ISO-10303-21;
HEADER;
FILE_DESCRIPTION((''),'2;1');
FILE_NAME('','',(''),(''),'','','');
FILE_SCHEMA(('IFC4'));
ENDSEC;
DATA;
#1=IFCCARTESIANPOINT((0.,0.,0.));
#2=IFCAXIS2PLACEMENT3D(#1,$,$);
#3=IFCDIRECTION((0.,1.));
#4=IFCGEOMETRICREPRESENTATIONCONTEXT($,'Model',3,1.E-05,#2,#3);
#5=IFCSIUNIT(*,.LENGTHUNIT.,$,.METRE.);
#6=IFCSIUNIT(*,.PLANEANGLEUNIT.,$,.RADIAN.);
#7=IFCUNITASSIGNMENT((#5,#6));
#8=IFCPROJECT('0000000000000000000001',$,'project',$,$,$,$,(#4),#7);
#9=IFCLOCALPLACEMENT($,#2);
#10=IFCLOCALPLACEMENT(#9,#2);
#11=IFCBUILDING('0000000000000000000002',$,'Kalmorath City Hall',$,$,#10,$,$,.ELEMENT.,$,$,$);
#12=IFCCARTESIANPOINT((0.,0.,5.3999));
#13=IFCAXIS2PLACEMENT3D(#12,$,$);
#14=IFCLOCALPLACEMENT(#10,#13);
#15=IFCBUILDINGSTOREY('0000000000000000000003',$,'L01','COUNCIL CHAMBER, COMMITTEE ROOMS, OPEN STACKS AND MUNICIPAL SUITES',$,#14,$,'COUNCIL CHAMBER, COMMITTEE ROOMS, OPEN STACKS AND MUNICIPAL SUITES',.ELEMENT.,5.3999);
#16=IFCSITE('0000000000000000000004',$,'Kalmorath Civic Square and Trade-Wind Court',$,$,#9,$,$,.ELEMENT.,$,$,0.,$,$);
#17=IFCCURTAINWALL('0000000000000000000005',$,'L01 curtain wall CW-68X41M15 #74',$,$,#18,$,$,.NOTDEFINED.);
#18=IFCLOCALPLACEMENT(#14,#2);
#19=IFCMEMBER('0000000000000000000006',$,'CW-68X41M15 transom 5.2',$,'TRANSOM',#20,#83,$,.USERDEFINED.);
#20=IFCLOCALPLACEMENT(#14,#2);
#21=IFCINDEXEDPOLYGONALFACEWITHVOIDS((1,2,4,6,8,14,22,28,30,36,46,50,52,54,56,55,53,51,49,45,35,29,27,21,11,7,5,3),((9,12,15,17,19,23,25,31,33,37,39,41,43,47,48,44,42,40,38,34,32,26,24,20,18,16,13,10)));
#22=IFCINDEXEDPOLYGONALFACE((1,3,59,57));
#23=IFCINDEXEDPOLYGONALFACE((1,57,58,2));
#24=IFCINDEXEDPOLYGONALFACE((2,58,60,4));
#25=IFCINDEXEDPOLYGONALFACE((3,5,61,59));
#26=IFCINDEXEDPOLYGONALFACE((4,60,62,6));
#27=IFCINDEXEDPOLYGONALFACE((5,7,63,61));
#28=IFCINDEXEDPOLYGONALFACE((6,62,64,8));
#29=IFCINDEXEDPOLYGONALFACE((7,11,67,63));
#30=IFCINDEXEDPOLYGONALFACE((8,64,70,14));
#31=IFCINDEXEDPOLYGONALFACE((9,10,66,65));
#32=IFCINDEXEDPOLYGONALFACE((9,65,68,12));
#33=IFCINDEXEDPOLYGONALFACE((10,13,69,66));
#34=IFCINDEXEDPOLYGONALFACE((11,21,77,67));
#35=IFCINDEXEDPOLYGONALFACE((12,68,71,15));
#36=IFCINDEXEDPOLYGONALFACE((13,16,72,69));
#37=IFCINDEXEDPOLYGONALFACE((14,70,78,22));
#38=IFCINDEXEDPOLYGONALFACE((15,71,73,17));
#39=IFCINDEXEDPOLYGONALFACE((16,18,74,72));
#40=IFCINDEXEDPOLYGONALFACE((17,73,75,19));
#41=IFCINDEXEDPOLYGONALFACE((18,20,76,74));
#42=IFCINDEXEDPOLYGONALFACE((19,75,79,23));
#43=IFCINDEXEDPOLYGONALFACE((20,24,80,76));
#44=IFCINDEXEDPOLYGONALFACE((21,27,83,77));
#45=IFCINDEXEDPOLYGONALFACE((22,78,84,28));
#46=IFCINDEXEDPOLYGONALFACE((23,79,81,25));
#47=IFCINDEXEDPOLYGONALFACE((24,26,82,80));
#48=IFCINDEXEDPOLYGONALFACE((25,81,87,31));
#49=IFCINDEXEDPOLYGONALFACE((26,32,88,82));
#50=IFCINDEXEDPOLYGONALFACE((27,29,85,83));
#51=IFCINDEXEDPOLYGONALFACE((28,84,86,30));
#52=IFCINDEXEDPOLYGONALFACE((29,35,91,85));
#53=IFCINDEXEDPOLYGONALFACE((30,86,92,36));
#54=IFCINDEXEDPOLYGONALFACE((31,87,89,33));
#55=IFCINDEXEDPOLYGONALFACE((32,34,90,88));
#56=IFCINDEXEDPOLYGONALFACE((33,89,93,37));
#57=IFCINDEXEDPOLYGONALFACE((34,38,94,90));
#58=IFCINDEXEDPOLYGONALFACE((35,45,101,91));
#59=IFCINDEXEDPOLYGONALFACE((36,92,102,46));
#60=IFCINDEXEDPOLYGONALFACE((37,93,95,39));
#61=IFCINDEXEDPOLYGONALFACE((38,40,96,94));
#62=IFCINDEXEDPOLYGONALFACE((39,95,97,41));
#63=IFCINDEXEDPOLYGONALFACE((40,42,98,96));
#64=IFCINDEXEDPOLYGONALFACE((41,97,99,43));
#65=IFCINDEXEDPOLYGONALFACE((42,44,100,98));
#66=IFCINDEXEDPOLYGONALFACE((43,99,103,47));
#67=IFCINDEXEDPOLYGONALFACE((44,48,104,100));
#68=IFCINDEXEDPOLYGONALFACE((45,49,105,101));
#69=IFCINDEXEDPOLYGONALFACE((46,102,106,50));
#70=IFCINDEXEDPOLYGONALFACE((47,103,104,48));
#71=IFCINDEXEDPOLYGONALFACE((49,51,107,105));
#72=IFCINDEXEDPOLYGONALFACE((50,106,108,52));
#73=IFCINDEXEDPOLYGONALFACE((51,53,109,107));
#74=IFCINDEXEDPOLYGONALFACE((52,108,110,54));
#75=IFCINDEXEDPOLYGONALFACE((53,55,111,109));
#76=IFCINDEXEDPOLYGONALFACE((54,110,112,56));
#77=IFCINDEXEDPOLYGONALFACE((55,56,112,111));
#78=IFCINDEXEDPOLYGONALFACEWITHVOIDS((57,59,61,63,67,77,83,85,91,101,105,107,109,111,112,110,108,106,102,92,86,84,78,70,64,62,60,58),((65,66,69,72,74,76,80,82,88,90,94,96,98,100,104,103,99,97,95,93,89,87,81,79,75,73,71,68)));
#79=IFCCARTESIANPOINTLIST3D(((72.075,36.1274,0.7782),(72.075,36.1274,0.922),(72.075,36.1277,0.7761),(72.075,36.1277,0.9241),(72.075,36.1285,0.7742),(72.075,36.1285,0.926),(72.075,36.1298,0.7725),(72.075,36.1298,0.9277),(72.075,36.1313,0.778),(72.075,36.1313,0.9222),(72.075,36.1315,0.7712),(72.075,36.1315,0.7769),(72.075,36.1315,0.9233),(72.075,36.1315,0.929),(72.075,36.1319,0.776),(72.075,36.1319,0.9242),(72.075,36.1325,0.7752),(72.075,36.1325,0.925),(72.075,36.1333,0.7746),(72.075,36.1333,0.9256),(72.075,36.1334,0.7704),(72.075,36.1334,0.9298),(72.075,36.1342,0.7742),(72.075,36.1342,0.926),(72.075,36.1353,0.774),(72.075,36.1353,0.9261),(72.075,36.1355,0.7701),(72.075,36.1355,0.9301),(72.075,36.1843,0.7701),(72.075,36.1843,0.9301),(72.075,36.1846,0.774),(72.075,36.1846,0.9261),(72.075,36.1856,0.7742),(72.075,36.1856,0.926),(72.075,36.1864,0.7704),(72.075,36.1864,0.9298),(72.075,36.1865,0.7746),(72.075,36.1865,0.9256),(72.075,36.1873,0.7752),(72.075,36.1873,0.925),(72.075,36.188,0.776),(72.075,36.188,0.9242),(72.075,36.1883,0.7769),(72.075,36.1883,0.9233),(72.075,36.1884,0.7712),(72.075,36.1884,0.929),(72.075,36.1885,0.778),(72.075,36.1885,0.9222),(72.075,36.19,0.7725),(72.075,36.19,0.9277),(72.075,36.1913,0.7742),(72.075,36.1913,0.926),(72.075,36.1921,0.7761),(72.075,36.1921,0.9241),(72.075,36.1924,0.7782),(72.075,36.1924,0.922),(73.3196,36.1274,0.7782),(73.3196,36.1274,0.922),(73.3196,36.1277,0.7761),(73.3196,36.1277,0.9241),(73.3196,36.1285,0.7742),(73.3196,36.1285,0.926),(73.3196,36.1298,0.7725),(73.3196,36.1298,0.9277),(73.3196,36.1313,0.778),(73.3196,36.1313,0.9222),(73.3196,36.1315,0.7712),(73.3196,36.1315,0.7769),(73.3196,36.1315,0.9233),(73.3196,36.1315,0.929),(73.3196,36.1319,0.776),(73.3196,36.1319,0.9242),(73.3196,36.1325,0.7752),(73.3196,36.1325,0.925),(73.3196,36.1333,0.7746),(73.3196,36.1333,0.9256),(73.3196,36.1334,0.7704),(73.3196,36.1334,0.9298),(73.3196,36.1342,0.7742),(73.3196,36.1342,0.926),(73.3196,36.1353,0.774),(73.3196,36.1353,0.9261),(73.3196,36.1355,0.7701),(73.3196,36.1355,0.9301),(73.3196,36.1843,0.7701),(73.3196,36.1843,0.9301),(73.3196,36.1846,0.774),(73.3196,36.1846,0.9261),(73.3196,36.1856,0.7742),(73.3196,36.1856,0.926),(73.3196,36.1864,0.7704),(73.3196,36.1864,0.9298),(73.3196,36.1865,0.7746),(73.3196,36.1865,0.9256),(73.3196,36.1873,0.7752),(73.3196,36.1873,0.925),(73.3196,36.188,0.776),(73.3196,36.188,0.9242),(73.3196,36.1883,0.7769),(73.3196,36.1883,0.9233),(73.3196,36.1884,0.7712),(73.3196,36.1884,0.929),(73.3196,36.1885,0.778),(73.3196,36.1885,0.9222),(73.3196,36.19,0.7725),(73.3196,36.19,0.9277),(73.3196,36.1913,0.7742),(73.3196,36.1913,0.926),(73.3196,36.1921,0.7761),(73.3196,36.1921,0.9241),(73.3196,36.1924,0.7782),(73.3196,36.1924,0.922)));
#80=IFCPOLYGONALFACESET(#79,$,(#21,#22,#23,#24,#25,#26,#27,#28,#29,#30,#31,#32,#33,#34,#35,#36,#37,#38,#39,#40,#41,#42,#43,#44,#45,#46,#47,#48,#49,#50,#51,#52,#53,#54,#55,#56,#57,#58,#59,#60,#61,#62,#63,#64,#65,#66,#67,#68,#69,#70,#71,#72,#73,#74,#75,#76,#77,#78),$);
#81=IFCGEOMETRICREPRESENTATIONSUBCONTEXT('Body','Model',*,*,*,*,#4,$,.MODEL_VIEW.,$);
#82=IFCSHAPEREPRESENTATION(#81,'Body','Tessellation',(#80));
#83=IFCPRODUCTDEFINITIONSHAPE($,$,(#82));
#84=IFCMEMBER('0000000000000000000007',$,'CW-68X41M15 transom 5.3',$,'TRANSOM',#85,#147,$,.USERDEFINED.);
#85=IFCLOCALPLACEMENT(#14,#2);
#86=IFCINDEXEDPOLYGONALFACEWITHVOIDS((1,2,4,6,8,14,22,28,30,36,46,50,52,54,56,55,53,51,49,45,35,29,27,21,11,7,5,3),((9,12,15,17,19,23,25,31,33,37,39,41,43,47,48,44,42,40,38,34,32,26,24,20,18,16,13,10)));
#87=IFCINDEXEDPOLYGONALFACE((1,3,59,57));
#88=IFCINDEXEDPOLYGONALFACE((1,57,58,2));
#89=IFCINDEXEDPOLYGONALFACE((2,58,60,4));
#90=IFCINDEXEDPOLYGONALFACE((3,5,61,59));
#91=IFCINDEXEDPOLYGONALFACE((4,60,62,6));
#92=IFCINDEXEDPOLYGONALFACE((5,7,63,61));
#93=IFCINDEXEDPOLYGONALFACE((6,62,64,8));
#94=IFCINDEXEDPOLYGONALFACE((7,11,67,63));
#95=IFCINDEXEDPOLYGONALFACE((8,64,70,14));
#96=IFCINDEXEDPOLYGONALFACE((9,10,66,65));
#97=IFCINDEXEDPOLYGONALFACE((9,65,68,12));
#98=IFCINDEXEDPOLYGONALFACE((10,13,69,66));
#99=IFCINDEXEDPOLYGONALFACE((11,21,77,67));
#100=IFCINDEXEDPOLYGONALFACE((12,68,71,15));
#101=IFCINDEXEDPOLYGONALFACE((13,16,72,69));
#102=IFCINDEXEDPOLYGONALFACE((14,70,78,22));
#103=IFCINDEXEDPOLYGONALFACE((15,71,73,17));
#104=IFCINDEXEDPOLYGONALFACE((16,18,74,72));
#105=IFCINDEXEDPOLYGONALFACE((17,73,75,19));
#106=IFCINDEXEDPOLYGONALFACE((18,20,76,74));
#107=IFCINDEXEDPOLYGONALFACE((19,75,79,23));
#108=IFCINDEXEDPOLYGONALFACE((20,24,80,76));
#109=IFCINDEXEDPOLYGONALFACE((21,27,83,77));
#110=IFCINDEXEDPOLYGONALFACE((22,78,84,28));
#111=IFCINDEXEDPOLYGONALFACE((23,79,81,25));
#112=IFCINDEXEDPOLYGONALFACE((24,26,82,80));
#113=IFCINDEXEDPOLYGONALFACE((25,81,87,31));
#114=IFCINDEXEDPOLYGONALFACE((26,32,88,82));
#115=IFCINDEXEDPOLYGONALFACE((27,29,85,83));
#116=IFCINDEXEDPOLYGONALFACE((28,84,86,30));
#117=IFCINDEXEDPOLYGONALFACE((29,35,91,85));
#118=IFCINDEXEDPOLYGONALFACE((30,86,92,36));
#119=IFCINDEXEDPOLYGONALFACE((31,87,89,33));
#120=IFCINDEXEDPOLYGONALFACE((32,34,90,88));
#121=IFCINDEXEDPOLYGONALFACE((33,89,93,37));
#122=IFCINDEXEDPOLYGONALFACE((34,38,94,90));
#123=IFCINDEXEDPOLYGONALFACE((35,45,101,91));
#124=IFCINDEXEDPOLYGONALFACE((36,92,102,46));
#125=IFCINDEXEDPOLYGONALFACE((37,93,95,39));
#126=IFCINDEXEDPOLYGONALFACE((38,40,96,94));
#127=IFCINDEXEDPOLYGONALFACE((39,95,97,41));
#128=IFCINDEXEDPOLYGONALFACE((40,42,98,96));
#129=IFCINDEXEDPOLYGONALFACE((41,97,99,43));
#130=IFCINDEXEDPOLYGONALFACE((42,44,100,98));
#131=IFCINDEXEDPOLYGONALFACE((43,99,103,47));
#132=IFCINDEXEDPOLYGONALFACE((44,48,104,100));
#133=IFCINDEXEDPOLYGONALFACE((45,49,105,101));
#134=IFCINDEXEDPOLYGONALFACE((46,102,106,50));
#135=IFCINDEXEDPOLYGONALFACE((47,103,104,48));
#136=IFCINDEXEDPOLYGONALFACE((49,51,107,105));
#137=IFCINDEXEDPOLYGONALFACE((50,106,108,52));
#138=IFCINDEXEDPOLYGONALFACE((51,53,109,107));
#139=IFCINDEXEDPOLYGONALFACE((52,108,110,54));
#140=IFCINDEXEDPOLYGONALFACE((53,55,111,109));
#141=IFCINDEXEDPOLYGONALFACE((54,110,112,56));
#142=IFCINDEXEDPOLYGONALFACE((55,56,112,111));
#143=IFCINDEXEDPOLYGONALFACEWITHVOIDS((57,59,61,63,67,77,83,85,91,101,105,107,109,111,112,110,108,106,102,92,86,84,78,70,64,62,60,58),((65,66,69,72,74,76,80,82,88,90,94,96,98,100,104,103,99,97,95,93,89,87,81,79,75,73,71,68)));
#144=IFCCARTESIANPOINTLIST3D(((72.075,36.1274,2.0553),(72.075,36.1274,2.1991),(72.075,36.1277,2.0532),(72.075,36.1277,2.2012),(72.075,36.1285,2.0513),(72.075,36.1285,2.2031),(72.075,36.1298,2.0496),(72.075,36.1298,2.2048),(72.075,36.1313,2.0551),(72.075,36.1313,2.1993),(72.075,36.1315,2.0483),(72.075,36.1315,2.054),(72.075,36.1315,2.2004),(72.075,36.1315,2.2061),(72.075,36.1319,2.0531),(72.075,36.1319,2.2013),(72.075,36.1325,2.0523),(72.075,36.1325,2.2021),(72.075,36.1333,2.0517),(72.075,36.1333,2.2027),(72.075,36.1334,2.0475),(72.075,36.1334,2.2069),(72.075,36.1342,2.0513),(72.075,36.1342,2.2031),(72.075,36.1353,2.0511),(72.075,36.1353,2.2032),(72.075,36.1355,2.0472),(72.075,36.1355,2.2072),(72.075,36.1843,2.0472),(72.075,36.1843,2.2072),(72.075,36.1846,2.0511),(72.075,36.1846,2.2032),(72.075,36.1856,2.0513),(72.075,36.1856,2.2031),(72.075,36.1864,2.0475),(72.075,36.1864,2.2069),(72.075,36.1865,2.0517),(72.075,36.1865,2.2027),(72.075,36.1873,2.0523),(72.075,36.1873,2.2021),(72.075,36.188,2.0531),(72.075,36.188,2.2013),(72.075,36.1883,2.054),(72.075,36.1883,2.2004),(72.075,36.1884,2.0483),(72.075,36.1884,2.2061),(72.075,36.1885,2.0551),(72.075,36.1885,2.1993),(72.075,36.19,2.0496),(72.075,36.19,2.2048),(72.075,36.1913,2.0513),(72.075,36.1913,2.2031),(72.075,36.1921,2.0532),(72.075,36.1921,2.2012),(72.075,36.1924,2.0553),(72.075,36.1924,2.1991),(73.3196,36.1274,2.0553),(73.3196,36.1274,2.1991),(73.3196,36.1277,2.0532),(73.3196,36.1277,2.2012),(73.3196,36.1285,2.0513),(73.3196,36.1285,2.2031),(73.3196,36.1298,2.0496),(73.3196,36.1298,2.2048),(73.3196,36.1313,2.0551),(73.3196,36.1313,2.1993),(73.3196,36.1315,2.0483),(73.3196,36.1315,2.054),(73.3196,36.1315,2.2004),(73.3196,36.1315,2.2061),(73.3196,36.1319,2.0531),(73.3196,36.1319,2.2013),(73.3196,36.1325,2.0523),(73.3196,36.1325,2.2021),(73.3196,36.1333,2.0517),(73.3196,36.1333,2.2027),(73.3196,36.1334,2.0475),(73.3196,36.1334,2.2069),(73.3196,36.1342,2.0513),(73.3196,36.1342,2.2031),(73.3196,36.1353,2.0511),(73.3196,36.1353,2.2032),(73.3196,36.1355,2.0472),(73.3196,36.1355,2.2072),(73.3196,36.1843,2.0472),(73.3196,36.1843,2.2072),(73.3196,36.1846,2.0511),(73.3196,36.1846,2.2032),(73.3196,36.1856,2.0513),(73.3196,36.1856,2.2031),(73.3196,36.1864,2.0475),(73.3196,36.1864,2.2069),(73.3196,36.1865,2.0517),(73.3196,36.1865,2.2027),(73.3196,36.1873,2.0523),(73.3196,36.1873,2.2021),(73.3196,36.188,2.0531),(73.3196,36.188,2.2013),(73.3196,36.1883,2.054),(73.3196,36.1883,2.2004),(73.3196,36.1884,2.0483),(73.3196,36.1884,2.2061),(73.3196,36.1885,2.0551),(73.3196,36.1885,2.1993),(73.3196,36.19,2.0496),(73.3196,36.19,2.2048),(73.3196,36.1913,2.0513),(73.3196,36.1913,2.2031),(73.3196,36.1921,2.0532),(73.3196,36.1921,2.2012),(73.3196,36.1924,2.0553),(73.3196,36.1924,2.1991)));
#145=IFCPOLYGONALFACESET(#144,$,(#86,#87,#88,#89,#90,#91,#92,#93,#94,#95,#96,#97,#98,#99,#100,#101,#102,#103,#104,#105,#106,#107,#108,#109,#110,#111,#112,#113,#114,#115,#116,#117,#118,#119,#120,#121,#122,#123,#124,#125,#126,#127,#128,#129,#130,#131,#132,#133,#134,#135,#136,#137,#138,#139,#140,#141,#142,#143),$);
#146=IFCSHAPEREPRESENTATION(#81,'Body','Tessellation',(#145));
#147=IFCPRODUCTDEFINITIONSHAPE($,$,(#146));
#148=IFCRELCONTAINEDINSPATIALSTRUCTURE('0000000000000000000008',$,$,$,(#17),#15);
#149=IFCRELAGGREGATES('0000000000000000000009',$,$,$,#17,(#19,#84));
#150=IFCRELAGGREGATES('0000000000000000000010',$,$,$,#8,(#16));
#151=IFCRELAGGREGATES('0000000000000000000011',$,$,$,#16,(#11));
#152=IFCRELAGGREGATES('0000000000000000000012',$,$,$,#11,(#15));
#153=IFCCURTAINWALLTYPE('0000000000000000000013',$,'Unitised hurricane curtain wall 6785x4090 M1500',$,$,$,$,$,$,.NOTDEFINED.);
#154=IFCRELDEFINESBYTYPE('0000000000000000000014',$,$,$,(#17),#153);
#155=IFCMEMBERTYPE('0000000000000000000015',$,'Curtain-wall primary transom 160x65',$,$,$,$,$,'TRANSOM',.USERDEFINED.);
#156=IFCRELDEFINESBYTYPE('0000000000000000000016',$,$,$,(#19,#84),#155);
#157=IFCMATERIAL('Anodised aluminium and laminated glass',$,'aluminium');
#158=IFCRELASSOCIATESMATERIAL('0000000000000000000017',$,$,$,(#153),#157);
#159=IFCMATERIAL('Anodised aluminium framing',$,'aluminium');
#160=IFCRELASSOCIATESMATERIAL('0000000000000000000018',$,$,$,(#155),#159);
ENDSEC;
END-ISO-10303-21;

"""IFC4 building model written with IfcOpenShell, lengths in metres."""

from ifc_helpers import new_model, si_unit, direction, frame, origin, origin_2d, place, context, subcontext, project, spatial, hollow_rectangle, extrude, material, material_profile, profile_set, type_object, element, aggregate, save


model = new_model("IFC4")

# Units and contexts
model_context = context("Model", 3, precision=1e-05, world=origin(), true_north=direction((0.0, 1.0)))
body_context = subcontext(model_context, "Body", "Model", "MODEL_VIEW")
ifc_project = project(units=[si_unit("LENGTHUNIT", "METRE"), si_unit("PLANEANGLEUNIT", "RADIAN")], contexts=[model_context])

# Site, building, storey
site_placement = place(None, origin())
site = spatial("IfcSite", under=ifc_project, at=site_placement, Name="Kalmorath Civic Square and Trade-Wind Court", CompositionType="ELEMENT", RefElevation=0.0)
building_placement = place(site_placement, origin())
building = spatial("IfcBuilding", under=site, at=building_placement, Name="Kalmorath City Hall", CompositionType="ELEMENT")
storey_placement = place(building_placement, frame((0.0, 0.0, 5.3999)))
storey = spatial("IfcBuildingStorey", under=building, at=storey_placement, Name="L01", Description="COUNCIL CHAMBER, COMMITTEE ROOMS, OPEN STACKS AND MUNICIPAL SUITES", LongName="COUNCIL CHAMBER, COMMITTEE ROOMS, OPEN STACKS AND MUNICIPAL SUITES", CompositionType="ELEMENT", Elevation=5.3999)

# Curtain wall
ifc_material_1 = material(Name="Anodised aluminium and laminated glass", Category="aluminium")
curtain_wall_type_1 = type_object("IfcCurtainWallType", Name="Unitised hurricane curtain wall 6785x4090 M1500", PredefinedType="NOTDEFINED", material=ifc_material_1)
curtain_wall_1_placement = place(storey_placement, origin())
curtain_wall_1 = element("IfcCurtainWall", 1, at=curtain_wall_1_placement, inside=storey, type_object=curtain_wall_type_1, Name="L01 curtain wall CW-68X41M15 #74", PredefinedType="NOTDEFINED")

# Members
ifc_material_2 = material(Name="Anodised aluminium framing", Category="aluminium")
ifc_material_profile_1 = material_profile(ifc_material_2, hollow_rectangle(XDim=0.0649, YDim=0.1599, WallThickness=0.0039, InnerFilletRadius=0.0039, OuterFilletRadius=0.0081, at=origin_2d()), Name="ALU-TRN-160X65X4")
ifc_profile_set_1 = profile_set([ifc_material_profile_1], Name="Anodised aluminium framing")
member_type_1 = type_object("IfcMemberType", Name="Curtain-wall primary transom 160x65", ElementType="TRANSOM", PredefinedType="USERDEFINED", material=ifc_profile_set_1)
member_1_placement = place(storey_placement, frame((73.3196, 36.1599, 0.8501), z_axis=(-1.0, 0.0, 0.0), x_axis=(0.0, -1.0, 0.0)))
member_1 = element("IfcMember", 2, at=member_1_placement, type_object=member_type_1, Name="CW-68X41M15 transom 5.2", ObjectType="TRANSOM", PredefinedType="USERDEFINED", context=body_context, shape_type="SweptSolid", body=[
    extrude(hollow_rectangle(XDim=0.0649, YDim=0.1599, WallThickness=0.0039, InnerFilletRadius=0.0039, OuterFilletRadius=0.0081, at=origin_2d()), origin(), (0.0, 0.0, 1.0), 1.2446),
])
member_2_placement = place(storey_placement, frame((73.3196, 36.1599, 2.1272), z_axis=(-1.0, 0.0, 0.0), x_axis=(0.0, -1.0, 0.0)))
member_2 = element("IfcMember", 3, at=member_2_placement, type_object=member_type_1, Name="CW-68X41M15 transom 5.3", ObjectType="TRANSOM", PredefinedType="USERDEFINED", context=body_context, shape_type="SweptSolid", body=[
    extrude(hollow_rectangle(XDim=0.0649, YDim=0.1599, WallThickness=0.0039, InnerFilletRadius=0.0039, OuterFilletRadius=0.0081, at=origin_2d()), origin(), (0.0, 0.0, 1.0), 1.2446),
])

aggregate(curtain_wall_1, [member_1, member_2])

save(model, "model.ifc")
